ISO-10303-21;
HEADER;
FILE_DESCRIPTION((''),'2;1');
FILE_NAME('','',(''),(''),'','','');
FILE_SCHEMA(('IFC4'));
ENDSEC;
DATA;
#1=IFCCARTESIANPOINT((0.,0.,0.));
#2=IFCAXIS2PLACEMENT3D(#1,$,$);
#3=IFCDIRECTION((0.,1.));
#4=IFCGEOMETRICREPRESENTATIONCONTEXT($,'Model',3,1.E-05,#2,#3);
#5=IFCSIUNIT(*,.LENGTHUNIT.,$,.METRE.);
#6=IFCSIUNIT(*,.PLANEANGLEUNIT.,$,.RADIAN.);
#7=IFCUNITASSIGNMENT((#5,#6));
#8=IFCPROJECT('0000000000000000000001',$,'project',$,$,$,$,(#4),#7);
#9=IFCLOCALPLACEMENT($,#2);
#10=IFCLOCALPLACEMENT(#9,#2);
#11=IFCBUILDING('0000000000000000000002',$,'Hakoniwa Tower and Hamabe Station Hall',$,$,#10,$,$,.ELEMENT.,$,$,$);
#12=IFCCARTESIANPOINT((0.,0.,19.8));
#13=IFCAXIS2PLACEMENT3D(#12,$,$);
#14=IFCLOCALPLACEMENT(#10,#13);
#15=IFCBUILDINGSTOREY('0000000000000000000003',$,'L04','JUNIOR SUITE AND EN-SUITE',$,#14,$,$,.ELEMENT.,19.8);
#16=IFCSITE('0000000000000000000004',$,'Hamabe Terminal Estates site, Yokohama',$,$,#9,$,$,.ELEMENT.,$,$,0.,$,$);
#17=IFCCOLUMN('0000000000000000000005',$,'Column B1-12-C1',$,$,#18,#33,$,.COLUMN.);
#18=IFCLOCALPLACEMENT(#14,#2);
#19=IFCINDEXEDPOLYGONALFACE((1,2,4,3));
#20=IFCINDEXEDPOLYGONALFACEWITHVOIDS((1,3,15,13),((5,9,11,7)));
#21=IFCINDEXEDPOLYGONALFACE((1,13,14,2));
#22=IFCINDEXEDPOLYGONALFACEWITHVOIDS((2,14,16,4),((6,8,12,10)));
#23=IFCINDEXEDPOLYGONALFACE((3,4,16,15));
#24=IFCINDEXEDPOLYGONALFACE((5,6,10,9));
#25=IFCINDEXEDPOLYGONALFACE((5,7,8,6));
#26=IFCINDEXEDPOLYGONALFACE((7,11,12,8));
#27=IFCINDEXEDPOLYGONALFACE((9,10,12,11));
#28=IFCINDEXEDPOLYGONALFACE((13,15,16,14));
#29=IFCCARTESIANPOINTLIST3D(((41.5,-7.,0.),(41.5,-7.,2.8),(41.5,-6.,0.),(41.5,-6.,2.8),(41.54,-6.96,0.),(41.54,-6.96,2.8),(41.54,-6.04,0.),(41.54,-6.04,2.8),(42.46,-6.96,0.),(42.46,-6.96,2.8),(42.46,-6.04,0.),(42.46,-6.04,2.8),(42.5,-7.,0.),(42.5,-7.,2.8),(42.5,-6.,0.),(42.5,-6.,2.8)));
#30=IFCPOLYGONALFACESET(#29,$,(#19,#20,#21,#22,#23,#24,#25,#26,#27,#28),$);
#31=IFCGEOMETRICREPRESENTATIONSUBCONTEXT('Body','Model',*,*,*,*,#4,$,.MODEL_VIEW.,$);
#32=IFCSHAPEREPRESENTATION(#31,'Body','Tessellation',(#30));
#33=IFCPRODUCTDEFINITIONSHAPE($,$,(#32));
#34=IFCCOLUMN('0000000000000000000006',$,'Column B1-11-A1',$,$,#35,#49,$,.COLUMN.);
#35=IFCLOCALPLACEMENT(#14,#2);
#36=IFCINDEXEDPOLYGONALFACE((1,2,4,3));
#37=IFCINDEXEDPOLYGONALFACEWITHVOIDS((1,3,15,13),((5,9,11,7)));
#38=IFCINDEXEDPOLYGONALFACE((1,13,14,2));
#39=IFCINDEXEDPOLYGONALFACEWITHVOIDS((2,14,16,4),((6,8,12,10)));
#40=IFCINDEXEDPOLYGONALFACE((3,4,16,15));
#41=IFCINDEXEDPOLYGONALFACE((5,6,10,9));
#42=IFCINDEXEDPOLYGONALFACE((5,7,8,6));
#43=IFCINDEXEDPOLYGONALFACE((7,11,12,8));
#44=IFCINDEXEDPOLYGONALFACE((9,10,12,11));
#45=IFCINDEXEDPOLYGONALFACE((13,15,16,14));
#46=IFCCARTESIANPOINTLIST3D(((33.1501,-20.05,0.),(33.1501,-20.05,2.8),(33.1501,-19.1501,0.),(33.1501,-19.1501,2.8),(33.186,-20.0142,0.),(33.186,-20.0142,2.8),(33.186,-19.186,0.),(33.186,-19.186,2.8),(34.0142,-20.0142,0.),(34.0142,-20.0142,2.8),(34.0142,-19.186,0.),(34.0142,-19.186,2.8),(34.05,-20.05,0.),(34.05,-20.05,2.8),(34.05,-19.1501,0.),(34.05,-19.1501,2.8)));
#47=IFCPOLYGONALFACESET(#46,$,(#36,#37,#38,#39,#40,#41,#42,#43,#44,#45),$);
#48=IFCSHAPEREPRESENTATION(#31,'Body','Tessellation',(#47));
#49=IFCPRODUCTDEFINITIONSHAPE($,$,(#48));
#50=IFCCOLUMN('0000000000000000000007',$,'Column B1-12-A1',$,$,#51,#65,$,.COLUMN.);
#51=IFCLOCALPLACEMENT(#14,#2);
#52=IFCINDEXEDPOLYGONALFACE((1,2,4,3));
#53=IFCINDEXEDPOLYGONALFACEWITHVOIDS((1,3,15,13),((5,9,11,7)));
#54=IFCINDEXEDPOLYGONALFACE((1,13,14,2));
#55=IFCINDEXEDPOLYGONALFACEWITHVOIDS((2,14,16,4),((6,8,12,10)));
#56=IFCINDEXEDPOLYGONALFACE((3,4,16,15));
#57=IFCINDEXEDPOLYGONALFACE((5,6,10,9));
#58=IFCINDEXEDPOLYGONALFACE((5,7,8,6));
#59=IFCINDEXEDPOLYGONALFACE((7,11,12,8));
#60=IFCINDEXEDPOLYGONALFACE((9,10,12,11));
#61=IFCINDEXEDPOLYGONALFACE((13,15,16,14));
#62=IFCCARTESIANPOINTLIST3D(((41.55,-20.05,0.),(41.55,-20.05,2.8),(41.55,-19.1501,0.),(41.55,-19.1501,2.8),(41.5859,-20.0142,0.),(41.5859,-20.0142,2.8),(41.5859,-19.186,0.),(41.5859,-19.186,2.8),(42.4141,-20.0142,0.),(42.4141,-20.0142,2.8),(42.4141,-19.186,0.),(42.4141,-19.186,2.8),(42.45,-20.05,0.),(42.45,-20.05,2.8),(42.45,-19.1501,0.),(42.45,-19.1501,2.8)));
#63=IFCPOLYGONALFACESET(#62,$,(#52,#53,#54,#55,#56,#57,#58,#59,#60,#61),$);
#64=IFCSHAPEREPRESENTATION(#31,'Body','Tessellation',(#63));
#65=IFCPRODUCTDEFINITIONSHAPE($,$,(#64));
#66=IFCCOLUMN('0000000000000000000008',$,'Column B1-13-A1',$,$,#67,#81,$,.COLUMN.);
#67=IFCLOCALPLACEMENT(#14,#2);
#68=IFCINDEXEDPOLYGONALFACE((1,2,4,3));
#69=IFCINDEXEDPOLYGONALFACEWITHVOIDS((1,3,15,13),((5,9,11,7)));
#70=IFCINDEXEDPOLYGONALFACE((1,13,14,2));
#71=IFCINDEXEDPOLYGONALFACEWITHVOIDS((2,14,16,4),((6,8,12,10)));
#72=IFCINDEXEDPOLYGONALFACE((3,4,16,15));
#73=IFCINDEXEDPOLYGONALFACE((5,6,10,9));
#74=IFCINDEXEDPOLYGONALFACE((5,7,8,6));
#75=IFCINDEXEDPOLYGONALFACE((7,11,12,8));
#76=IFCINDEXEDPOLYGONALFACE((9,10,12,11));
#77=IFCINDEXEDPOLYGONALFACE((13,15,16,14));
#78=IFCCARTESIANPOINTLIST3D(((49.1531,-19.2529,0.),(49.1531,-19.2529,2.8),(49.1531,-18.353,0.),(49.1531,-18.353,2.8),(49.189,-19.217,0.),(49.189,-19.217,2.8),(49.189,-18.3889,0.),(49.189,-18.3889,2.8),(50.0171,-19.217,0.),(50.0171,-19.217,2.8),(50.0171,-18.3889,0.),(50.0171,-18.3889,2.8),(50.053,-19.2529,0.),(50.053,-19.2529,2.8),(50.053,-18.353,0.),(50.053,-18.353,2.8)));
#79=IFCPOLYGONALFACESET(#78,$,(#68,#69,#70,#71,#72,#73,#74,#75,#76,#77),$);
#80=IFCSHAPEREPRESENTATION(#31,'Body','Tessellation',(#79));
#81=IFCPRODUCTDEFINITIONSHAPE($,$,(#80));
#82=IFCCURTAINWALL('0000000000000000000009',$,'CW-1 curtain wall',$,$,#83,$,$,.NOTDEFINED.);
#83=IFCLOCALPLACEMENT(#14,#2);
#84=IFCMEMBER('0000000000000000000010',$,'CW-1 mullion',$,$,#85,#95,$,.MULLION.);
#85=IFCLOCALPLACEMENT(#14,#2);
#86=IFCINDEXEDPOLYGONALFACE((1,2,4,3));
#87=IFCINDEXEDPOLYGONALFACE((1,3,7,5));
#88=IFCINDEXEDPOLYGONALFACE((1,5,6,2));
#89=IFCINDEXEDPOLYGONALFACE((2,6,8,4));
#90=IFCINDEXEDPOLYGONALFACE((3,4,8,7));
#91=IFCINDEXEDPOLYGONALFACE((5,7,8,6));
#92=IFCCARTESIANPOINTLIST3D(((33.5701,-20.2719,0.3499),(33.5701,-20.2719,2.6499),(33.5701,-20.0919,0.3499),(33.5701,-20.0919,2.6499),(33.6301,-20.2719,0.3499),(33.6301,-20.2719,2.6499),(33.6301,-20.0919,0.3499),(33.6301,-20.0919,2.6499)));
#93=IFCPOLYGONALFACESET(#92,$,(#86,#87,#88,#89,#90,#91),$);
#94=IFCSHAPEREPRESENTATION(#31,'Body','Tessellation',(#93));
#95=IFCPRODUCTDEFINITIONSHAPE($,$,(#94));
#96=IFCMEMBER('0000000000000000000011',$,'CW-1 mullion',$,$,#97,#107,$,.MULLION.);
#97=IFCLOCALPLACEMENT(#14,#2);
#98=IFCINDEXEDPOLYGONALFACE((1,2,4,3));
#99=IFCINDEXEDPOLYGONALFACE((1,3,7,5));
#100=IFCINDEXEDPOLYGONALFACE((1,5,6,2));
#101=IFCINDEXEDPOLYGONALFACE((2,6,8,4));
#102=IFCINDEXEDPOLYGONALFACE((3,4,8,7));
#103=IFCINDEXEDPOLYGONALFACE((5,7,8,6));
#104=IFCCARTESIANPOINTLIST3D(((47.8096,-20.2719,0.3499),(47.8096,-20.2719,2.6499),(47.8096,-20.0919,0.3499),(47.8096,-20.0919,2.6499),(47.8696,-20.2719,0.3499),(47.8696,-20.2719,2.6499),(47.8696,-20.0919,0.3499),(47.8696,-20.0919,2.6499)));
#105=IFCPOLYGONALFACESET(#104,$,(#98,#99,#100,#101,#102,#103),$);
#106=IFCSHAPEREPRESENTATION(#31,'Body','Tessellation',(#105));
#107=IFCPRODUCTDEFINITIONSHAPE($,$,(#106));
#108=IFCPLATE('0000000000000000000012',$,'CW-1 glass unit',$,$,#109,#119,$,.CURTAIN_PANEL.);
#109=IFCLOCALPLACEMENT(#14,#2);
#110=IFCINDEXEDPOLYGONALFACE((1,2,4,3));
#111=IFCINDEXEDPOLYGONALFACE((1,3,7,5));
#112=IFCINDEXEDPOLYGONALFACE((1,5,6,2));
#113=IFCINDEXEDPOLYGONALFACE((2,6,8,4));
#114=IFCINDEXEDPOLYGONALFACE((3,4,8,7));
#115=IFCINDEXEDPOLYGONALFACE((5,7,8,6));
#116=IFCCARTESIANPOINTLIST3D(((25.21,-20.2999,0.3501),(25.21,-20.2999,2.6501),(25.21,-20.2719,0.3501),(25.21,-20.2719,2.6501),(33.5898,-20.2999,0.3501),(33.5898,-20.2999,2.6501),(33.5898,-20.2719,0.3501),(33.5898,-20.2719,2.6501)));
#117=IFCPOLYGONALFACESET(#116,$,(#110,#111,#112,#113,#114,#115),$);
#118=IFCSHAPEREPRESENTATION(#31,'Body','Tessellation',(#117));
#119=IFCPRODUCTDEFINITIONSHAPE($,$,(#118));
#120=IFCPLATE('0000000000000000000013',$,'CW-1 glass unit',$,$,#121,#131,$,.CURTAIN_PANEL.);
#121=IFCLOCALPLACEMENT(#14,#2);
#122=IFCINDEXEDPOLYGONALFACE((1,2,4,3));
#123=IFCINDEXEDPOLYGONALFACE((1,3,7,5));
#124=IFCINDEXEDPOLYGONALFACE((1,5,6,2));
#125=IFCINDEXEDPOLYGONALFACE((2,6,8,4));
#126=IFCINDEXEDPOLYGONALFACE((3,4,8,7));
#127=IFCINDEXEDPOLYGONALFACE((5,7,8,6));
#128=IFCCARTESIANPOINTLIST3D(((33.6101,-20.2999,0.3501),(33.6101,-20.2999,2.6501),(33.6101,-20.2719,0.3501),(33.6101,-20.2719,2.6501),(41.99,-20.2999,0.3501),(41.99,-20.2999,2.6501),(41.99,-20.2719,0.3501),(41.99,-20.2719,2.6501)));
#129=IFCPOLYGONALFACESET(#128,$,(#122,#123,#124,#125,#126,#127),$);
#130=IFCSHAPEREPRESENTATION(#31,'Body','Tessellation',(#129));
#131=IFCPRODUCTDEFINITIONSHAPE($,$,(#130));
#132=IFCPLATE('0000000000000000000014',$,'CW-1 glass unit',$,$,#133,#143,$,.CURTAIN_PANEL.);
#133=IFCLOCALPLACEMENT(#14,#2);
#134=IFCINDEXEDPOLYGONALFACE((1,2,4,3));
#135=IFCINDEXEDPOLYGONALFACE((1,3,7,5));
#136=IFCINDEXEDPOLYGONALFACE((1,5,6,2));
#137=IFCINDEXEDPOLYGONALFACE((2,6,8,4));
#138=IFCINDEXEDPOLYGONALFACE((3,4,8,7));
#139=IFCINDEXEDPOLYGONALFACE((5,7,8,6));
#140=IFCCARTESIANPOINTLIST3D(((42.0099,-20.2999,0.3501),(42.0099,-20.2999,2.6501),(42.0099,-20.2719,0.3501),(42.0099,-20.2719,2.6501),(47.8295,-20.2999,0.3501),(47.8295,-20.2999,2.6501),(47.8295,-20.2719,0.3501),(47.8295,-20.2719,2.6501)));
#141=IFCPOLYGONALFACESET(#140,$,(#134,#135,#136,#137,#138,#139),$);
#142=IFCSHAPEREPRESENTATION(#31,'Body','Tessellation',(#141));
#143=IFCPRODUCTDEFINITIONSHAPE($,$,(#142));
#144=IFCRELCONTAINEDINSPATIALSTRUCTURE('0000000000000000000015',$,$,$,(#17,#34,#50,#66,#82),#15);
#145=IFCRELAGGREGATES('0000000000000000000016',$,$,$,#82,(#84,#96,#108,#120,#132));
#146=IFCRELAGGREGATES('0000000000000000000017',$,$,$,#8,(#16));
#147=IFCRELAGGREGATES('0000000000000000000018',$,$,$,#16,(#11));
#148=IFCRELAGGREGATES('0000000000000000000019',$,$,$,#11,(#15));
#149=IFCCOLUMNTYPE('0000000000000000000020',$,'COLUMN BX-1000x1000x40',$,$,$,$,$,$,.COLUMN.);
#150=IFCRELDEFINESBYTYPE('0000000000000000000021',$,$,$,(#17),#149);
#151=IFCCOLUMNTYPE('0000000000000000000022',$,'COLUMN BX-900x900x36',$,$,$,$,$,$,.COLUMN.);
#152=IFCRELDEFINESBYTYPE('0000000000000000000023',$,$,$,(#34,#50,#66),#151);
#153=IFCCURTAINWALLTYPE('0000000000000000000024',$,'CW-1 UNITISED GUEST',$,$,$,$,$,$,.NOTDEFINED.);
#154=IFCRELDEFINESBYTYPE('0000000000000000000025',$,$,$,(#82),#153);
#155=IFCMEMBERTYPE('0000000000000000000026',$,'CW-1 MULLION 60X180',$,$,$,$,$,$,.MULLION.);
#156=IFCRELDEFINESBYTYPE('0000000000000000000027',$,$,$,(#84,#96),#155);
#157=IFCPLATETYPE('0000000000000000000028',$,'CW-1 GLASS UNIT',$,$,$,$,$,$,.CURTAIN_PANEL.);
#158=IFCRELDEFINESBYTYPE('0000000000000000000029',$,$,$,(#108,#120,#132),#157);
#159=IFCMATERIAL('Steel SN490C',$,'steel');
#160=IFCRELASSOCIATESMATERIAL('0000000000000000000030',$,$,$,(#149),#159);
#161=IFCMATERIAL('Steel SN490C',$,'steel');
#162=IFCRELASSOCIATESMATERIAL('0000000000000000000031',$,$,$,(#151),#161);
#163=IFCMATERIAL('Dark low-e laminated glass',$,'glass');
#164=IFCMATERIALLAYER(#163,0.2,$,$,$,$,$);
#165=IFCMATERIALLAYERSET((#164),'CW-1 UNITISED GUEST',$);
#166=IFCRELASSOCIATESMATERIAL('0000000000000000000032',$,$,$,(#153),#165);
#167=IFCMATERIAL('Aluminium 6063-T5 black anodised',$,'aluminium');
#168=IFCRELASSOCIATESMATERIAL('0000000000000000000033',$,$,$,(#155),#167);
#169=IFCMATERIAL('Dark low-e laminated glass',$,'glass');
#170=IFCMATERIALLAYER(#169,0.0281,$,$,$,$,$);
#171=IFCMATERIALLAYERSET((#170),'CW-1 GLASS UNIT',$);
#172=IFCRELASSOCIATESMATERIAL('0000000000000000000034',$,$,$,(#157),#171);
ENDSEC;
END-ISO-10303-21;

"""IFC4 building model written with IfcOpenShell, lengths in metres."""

from ifc_helpers import new_model, si_unit, direction, frame, origin, origin_2d, place, context, subcontext, project, spatial, rectangle, hollow_rectangle, extrude, material, layer, layer_set, material_profile, profile_set, type_object, element, aggregate, save


model = new_model("IFC4")

# Units and contexts
model_context = context("Model", 3, precision=1e-05, world=origin(), true_north=direction((0.0, 1.0)))
body_context = subcontext(model_context, "Body", "Model", "MODEL_VIEW")
ifc_project = project(units=[si_unit("LENGTHUNIT", "METRE"), si_unit("PLANEANGLEUNIT", "RADIAN")], contexts=[model_context])

# Site, building, storey
site_placement = place(None, origin())
site = spatial("IfcSite", under=ifc_project, at=site_placement, Name="Hamabe Terminal Estates site, Yokohama", CompositionType="ELEMENT", RefElevation=0.0)
building_placement = place(site_placement, origin())
building = spatial("IfcBuilding", under=site, at=building_placement, Name="Hakoniwa Tower and Hamabe Station Hall", CompositionType="ELEMENT")
storey_placement = place(building_placement, frame((0.0, 0.0, 19.8)))
storey = spatial("IfcBuildingStorey", under=building, at=storey_placement, Name="L04", Description="JUNIOR SUITE AND EN-SUITE", CompositionType="ELEMENT", Elevation=19.8)

# Columns
ifc_material_1 = material(Name="Steel SN490C", Category="steel")
ifc_material_profile_1 = material_profile(ifc_material_1, hollow_rectangle(XDim=1.0, YDim=1.0, WallThickness=0.04, at=origin_2d()), Name="BX-1000x1000x40")
ifc_profile_set_1 = profile_set([ifc_material_profile_1], Name="Steel SN490C")
column_type_1 = type_object("IfcColumnType", Name="COLUMN BX-1000x1000x40", PredefinedType="COLUMN", material=ifc_profile_set_1)
column_placement = place(storey_placement, frame((42.0, -6.5, 0.0), z_axis=(0.0, 0.0, 1.0), x_axis=(1.0, 0.0, 0.0)))
element("IfcColumn", 1, at=column_placement, inside=storey, type_object=column_type_1, Name="Column B1-12-C1", PredefinedType="COLUMN", context=body_context, shape_type="SweptSolid", body=[
    extrude(hollow_rectangle(XDim=1.0, YDim=1.0, WallThickness=0.04, at=origin_2d()), origin(), (0.0, 0.0, 1.0), 2.8),
])
ifc_material_2 = material(Name="Steel SN490C", Category="steel")
ifc_material_profile_2 = material_profile(ifc_material_2, hollow_rectangle(XDim=0.8999, YDim=0.8999, WallThickness=0.0359, at=origin_2d()), Name="BX-900x900x36")
ifc_profile_set_2 = profile_set([ifc_material_profile_2], Name="Steel SN490C")
column_type_2 = type_object("IfcColumnType", Name="COLUMN BX-900x900x36", PredefinedType="COLUMN", material=ifc_profile_set_2)
for number, where, z_axis, x_axis, name in (
    (2, (33.6001, -19.6001, 0.0), (0.0, 0.0, 1.0), (1.0, 0.0, 0.0), "Column B1-11-A1"),
    (3, (42.0, -19.6001, 0.0), (0.0, 0.0, 1.0), (1.0, 0.0, 0.0), "Column B1-12-A1"),
    (4, (49.603, -18.803, 0.0), (0.0, 0.0, 1.0), (1.0, 0.0, 0.0), "Column B1-13-A1"),
):
    element("IfcColumn", number, at=place(storey_placement, frame(where, z_axis=z_axis, x_axis=x_axis)), inside=storey, type_object=column_type_2, Name=name, PredefinedType="COLUMN", context=body_context, shape_type="SweptSolid", body=[
        extrude(hollow_rectangle(XDim=0.8999, YDim=0.8999, WallThickness=0.0359, at=origin_2d()), origin(), (0.0, 0.0, 1.0), 2.8),
    ])

# Curtain wall, members, plates
ifc_material_3 = material(Name="Dark low-e laminated glass", Category="glass")
ifc_layer_1 = layer(ifc_material_3, 0.2)
ifc_layer_set_1 = layer_set([ifc_layer_1], Name="CW-1 UNITISED GUEST")
curtain_wall_type = type_object("IfcCurtainWallType", Name="CW-1 UNITISED GUEST", PredefinedType="NOTDEFINED", material=ifc_layer_set_1)
curtain_wall_placement = place(storey_placement, origin())
curtain_wall = element("IfcCurtainWall", 5, at=curtain_wall_placement, inside=storey, type_object=curtain_wall_type, Name="CW-1 curtain wall", PredefinedType="NOTDEFINED")
ifc_material_4 = material(Name="Aluminium 6063-T5 black anodised", Category="aluminium")
ifc_material_profile_3 = material_profile(ifc_material_4, rectangle(XDim=0.0601, YDim=0.1799, at=origin_2d()), Name="CW-1 MULLION 60X180")
ifc_profile_set_3 = profile_set([ifc_material_profile_3], Name="Aluminium 6063-T5 black anodised")
member_type = type_object("IfcMemberType", Name="CW-1 MULLION 60X180", PredefinedType="MULLION", material=ifc_profile_set_3)
member_1_placement = place(storey_placement, frame((33.6001, -20.1819, 0.3499), z_axis=(0.0, 0.0, 1.0), x_axis=(1.0, 0.0, 0.0)))
member_1 = element("IfcMember", 6, at=member_1_placement, type_object=member_type, Name="CW-1 mullion", PredefinedType="MULLION", context=body_context, shape_type="SweptSolid", body=[
    extrude(rectangle(XDim=0.0601, YDim=0.1799, at=origin_2d()), origin(), (0.0, 0.0, 1.0), 2.3),
])
member_2_placement = place(storey_placement, frame((47.8396, -20.1819, 0.3499), z_axis=(0.0, 0.0, 1.0), x_axis=(1.0, 0.0, 0.0)))
member_2 = element("IfcMember", 7, at=member_2_placement, type_object=member_type, Name="CW-1 mullion", PredefinedType="MULLION", context=body_context, shape_type="SweptSolid", body=[
    extrude(rectangle(XDim=0.0601, YDim=0.1799, at=origin_2d()), origin(), (0.0, 0.0, 1.0), 2.3),
])
ifc_material_5 = material(Name="Dark low-e laminated glass", Category="glass")
ifc_layer_2 = layer(ifc_material_5, 0.0281)
ifc_layer_set_2 = layer_set([ifc_layer_2], Name="CW-1 GLASS UNIT")
plate_type = type_object("IfcPlateType", Name="CW-1 GLASS UNIT", PredefinedType="CURTAIN_PANEL", material=ifc_layer_set_2)
plate_1_placement = place(storey_placement, frame((29.3999, -20.2859, 0.3501), z_axis=(0.0, 0.0, 1.0), x_axis=(1.0, 0.0, 0.0)))
plate_1 = element("IfcPlate", 8, at=plate_1_placement, type_object=plate_type, Name="CW-1 glass unit", PredefinedType="CURTAIN_PANEL", context=body_context, shape_type="SweptSolid", body=[
    extrude(rectangle(XDim=8.3799, YDim=0.0281, at=origin_2d()), origin(), (0.0, 0.0, 1.0), 2.3),
])
plate_2_placement = place(storey_placement, frame((37.8, -20.2859, 0.3501), z_axis=(0.0, 0.0, 1.0), x_axis=(1.0, 0.0, 0.0)))
plate_2 = element("IfcPlate", 9, at=plate_2_placement, type_object=plate_type, Name="CW-1 glass unit", PredefinedType="CURTAIN_PANEL", context=body_context, shape_type="SweptSolid", body=[
    extrude(rectangle(XDim=8.3799, YDim=0.0281, at=origin_2d()), origin(), (0.0, 0.0, 1.0), 2.3),
])
plate_3_placement = place(storey_placement, frame((44.9197, -20.2859, 0.3501), z_axis=(0.0, 0.0, 1.0), x_axis=(1.0, 0.0, 0.0)))
plate_3 = element("IfcPlate", 10, at=plate_3_placement, type_object=plate_type, Name="CW-1 glass unit", PredefinedType="CURTAIN_PANEL", context=body_context, shape_type="SweptSolid", body=[
    extrude(rectangle(XDim=5.8196, YDim=0.0281, at=origin_2d()), origin(), (0.0, 0.0, 1.0), 2.3),
])
aggregate(curtain_wall, [member_1, member_2, plate_1, plate_2, plate_3])

save(model, "model.ifc")
